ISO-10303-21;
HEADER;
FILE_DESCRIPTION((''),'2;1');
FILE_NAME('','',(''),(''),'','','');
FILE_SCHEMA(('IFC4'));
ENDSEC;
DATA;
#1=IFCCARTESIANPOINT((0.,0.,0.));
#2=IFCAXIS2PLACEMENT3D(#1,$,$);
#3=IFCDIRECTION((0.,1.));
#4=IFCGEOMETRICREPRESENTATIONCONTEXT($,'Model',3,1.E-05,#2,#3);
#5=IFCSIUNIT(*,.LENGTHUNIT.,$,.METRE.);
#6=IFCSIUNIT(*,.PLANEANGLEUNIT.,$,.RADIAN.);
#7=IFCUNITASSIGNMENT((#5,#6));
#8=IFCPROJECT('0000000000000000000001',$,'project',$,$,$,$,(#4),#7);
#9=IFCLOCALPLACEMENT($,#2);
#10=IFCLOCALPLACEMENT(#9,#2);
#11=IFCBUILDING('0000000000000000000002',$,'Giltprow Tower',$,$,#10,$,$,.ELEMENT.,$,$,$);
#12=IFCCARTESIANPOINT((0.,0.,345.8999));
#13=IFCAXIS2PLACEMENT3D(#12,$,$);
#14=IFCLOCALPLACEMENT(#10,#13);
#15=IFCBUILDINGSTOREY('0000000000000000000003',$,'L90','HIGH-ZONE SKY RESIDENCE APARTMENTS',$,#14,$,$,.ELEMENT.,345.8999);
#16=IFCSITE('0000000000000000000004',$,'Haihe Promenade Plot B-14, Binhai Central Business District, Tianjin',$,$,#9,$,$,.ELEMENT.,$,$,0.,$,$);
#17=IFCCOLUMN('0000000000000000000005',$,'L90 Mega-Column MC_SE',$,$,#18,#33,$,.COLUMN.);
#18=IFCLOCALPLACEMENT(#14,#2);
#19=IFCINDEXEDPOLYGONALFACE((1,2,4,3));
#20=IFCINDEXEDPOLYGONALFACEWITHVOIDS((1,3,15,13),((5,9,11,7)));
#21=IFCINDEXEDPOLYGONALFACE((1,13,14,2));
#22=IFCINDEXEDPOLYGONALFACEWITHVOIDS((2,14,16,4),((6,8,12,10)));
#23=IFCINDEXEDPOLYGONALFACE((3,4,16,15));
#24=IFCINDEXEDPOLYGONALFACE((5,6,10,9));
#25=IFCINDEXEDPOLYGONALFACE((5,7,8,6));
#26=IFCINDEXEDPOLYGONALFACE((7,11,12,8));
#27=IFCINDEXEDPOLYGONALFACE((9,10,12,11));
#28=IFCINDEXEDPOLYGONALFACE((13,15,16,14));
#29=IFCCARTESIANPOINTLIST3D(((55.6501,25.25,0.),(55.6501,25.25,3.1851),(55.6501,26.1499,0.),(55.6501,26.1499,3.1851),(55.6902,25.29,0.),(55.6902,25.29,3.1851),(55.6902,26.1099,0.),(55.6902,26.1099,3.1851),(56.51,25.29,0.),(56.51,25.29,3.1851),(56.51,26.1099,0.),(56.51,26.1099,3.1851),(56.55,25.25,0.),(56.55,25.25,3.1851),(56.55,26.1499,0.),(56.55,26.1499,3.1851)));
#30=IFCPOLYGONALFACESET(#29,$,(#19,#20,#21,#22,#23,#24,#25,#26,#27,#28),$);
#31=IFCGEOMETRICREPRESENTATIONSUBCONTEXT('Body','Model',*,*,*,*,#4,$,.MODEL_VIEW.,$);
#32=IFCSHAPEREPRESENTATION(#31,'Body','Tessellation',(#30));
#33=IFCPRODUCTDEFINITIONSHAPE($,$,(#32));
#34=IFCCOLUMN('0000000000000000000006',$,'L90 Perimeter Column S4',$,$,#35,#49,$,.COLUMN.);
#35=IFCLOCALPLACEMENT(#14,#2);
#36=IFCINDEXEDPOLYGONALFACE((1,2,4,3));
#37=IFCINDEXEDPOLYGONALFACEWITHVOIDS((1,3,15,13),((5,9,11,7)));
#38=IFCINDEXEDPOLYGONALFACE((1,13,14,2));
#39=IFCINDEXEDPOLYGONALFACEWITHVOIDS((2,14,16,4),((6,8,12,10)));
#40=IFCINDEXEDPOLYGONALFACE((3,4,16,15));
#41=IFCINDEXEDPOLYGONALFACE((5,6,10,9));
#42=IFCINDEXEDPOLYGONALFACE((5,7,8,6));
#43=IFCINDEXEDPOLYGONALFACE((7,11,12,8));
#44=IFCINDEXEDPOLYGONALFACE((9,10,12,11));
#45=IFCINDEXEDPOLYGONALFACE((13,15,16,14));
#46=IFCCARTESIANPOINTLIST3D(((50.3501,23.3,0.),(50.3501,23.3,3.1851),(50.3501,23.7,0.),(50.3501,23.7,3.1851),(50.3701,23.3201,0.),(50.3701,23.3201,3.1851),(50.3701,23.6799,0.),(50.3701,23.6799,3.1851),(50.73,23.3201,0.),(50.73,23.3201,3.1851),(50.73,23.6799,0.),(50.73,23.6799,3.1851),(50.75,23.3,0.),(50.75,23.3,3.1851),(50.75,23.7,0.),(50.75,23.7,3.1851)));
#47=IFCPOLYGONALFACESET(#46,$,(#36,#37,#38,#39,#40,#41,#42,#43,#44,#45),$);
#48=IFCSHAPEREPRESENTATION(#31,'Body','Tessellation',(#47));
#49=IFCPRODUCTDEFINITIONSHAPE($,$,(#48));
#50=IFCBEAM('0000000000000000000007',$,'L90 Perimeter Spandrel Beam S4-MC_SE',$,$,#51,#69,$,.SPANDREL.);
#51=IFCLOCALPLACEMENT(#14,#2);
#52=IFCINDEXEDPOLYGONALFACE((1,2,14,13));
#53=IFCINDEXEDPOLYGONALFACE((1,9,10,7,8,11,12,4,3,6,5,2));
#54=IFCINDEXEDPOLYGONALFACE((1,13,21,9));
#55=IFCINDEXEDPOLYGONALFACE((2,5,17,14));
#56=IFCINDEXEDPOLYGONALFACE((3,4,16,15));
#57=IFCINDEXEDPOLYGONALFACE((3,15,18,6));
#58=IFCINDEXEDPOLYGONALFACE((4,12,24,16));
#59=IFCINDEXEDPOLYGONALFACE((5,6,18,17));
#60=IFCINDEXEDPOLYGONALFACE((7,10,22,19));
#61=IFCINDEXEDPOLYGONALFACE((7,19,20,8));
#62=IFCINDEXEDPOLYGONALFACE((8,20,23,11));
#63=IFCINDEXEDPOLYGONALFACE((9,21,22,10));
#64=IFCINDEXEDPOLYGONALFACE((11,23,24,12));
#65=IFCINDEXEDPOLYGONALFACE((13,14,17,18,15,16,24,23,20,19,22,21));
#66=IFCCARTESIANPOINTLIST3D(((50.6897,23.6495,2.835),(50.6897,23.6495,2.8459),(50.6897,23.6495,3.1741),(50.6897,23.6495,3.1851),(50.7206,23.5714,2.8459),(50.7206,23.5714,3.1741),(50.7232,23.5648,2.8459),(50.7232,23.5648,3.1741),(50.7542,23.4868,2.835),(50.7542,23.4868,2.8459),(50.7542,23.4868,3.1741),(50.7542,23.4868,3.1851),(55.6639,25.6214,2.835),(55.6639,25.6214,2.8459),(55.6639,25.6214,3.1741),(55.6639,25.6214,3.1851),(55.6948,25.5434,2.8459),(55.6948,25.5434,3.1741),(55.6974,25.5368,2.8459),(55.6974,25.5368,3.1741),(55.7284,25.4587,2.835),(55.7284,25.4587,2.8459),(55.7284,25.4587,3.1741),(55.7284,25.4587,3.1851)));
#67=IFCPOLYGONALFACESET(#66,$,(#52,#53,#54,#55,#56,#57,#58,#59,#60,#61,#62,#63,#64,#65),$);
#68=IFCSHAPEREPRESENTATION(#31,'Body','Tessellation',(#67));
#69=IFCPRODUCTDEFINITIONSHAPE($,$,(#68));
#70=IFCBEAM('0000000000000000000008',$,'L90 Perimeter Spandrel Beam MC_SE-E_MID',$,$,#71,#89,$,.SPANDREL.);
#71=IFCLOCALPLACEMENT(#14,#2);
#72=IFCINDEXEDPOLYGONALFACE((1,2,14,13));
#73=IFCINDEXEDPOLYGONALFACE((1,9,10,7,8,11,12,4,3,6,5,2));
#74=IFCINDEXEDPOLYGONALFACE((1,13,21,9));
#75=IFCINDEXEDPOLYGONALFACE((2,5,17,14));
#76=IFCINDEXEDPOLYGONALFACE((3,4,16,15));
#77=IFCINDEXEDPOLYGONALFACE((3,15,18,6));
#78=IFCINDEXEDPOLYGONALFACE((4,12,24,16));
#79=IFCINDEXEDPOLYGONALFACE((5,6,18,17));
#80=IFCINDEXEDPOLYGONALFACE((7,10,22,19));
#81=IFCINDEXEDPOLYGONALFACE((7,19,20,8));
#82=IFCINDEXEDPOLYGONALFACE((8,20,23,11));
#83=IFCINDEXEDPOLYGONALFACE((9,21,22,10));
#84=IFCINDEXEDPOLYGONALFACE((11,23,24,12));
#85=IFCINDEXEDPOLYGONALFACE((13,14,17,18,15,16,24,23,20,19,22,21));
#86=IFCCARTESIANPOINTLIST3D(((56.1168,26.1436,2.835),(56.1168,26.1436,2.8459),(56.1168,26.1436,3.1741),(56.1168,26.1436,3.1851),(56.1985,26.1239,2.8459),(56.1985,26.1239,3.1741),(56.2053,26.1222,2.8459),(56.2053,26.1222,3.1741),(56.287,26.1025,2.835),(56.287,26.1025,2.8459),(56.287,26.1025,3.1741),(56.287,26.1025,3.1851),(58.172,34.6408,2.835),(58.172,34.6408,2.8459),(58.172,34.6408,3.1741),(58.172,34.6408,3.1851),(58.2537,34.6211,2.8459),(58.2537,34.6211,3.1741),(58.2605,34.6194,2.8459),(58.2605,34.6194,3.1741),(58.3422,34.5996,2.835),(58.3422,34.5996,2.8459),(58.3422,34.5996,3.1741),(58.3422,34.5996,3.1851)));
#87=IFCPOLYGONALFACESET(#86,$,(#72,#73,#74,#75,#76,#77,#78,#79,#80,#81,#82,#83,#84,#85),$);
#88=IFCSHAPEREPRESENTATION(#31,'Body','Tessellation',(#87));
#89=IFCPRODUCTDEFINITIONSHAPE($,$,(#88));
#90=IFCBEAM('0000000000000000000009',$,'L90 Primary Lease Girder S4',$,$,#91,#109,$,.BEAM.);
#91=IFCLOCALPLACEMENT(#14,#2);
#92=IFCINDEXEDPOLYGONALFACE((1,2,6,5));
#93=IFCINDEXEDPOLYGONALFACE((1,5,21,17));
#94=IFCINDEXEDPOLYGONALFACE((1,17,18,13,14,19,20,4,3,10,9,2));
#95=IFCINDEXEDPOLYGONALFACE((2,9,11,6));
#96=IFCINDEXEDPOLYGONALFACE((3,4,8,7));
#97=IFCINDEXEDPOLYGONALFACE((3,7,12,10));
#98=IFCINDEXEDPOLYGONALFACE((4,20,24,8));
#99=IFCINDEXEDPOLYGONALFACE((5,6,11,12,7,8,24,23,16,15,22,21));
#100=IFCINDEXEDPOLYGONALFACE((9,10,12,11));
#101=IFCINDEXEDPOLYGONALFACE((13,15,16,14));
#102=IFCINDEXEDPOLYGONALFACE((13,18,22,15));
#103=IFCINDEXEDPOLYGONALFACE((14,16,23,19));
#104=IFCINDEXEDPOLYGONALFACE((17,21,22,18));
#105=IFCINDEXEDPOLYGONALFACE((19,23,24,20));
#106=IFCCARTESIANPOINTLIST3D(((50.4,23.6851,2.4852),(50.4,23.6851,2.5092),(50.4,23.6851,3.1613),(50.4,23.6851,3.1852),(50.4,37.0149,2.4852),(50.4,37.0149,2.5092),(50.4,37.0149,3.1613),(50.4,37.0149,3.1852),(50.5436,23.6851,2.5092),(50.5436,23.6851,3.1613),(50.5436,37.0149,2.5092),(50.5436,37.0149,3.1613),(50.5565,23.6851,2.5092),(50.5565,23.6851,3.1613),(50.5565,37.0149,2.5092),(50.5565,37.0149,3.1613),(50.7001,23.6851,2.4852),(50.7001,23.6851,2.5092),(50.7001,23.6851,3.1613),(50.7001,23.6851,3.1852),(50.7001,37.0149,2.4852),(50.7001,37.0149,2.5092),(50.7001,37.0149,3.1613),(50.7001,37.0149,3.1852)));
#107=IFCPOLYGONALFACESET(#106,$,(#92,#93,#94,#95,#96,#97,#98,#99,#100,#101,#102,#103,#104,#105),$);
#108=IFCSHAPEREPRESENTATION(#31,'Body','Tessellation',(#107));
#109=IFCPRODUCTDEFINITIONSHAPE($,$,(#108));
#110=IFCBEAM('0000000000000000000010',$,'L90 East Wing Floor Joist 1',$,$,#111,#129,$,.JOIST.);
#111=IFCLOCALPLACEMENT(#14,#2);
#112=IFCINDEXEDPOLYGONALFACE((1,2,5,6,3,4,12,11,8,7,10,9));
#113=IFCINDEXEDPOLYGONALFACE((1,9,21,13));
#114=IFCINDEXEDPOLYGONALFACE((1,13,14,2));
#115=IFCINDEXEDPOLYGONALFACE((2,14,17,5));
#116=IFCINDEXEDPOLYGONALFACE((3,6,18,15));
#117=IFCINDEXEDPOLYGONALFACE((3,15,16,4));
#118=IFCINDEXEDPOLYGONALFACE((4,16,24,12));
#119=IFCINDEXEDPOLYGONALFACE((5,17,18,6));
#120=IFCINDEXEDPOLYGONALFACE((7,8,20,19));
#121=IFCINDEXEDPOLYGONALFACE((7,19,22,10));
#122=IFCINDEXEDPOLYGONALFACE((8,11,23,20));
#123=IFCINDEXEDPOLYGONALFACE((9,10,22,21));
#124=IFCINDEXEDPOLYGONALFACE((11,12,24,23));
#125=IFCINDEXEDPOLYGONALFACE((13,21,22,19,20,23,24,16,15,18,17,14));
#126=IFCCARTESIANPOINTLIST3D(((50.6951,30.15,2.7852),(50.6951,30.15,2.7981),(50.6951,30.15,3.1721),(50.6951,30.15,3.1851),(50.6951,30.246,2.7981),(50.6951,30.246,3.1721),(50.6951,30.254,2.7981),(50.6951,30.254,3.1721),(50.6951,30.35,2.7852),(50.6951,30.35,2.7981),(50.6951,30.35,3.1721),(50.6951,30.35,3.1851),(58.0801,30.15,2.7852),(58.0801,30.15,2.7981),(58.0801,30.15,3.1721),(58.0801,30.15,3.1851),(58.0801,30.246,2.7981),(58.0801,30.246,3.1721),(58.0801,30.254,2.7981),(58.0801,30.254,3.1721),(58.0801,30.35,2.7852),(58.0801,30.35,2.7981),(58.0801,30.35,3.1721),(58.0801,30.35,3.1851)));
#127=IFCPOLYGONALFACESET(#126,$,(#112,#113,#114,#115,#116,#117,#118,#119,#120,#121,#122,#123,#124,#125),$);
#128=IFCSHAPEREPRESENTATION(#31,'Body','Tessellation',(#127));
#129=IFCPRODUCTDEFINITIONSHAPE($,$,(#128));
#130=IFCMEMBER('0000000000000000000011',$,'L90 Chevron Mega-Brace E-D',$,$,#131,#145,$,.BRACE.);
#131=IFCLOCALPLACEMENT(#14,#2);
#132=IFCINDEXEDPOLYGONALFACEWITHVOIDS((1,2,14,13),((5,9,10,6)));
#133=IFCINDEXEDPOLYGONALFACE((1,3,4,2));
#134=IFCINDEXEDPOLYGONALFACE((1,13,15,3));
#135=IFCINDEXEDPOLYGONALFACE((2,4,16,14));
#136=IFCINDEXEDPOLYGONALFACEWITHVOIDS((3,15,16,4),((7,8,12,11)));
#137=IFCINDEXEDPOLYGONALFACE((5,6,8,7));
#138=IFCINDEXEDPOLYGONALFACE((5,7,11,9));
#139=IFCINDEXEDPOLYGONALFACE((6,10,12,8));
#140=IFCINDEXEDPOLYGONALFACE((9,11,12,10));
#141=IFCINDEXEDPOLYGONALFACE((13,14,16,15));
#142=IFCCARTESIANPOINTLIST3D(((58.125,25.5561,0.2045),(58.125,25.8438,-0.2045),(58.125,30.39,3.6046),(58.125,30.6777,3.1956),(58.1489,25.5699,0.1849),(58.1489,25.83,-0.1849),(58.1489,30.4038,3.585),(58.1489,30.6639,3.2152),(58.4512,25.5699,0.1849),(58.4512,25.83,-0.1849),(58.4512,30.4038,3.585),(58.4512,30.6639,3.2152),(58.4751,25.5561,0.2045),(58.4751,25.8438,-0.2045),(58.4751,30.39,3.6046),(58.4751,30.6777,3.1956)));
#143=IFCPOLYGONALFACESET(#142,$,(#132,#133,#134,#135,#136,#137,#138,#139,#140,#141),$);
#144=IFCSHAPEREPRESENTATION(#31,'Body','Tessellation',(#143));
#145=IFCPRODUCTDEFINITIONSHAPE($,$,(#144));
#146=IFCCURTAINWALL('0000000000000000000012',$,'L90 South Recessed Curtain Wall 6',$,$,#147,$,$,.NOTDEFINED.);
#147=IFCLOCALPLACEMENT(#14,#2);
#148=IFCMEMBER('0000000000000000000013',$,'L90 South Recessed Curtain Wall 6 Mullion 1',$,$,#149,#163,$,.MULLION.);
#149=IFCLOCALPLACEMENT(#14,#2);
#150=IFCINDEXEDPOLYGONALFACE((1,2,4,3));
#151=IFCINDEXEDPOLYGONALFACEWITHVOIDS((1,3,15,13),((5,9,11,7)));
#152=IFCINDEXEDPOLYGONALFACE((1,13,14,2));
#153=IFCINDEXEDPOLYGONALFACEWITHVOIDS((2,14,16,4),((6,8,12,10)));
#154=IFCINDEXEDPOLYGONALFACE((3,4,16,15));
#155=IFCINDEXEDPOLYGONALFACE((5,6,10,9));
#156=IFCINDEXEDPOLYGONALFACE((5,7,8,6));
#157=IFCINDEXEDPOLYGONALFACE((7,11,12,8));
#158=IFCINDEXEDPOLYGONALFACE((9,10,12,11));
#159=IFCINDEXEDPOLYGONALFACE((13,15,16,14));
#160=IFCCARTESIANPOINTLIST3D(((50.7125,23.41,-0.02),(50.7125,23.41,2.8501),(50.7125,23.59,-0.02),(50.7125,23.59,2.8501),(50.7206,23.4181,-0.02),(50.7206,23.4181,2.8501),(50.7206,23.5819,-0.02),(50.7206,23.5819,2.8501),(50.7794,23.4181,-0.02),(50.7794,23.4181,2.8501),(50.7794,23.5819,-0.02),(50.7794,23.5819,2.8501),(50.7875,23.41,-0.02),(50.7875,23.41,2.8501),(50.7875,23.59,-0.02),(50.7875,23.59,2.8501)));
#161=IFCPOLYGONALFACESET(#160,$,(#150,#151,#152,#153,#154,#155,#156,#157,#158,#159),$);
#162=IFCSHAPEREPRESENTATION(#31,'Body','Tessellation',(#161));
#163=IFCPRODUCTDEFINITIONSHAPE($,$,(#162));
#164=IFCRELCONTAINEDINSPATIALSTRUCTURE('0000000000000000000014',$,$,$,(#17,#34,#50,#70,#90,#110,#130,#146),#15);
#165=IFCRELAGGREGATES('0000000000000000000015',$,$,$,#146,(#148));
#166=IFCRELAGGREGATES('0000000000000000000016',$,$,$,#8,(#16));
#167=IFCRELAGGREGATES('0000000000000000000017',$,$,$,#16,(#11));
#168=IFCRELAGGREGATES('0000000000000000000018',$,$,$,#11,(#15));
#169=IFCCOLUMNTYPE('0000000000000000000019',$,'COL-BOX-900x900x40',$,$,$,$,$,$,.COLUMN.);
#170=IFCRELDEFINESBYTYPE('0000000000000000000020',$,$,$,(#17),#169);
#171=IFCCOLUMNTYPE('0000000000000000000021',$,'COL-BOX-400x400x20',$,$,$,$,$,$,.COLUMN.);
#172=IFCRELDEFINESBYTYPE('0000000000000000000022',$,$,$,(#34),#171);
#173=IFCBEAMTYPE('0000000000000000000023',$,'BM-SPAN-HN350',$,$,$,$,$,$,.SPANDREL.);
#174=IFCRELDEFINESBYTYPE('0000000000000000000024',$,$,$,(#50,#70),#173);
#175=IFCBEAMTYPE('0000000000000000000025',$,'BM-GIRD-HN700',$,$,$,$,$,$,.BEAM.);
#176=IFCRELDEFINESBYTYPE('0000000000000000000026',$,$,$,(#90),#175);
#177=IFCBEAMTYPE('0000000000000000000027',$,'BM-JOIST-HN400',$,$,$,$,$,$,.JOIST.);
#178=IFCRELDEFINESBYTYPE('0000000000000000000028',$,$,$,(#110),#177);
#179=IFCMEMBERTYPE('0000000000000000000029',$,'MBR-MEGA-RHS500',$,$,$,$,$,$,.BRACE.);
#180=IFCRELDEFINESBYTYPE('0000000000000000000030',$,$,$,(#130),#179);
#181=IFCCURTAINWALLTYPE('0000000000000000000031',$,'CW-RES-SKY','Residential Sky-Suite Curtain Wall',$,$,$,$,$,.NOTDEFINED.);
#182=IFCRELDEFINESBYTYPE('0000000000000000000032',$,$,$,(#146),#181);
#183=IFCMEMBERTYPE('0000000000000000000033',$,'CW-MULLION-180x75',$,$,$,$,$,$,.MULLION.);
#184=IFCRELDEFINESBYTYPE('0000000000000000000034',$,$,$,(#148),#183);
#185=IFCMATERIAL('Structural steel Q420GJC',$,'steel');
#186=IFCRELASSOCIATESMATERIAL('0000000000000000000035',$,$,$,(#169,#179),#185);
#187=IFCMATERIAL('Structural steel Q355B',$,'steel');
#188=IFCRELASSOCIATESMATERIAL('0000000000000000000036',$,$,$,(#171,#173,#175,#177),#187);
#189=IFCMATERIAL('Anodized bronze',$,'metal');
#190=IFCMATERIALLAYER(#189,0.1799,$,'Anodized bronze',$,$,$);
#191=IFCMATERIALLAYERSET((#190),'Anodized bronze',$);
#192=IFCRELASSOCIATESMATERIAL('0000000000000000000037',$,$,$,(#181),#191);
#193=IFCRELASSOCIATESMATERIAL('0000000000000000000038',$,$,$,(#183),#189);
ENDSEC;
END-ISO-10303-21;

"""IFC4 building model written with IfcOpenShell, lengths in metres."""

from ifc_helpers import new_model, si_unit, direction, frame, origin, origin_2d, place, context, subcontext, project, spatial, hollow_rectangle, i_section, extrude, source, transform, mapped, material, layer, layer_set, material_profile, profile_set, type_object, element, aggregate, save


model = new_model("IFC4")

# Units and contexts
model_context = context("Model", 3, precision=1e-05, world=origin(), true_north=direction((0.0, 1.0)))
body_context = subcontext(model_context, "Body", "Model", "MODEL_VIEW")
ifc_project = project(units=[si_unit("LENGTHUNIT", "METRE"), si_unit("PLANEANGLEUNIT", "RADIAN")], contexts=[model_context])

# Site, building, storey
site_placement = place(None, origin())
site = spatial("IfcSite", under=ifc_project, at=site_placement, Name="Haihe Promenade Plot B-14, Binhai Central Business District, Tianjin", CompositionType="ELEMENT", RefElevation=0.0)
building_placement = place(site_placement, origin())
building = spatial("IfcBuilding", under=site, at=building_placement, Name="Giltprow Tower", CompositionType="ELEMENT")
storey_placement = place(building_placement, frame((0.0, 0.0, 345.8999)))
storey = spatial("IfcBuildingStorey", under=building, at=storey_placement, Name="L90", Description="HIGH-ZONE SKY RESIDENCE APARTMENTS", CompositionType="ELEMENT", Elevation=345.8999)

# Columns
ifc_material_1 = material(Name="Structural steel Q420GJC", Category="steel")
ifc_material_profile_1 = material_profile(ifc_material_1, hollow_rectangle(XDim=0.8999, YDim=0.8999, WallThickness=0.04, at=origin_2d()), Name="BOX 900x900x40")
ifc_profile_set_1 = profile_set([ifc_material_profile_1], Name="Structural steel Q420GJC")
column_type_1 = type_object("IfcColumnType", Name="COL-BOX-900x900x40", PredefinedType="COLUMN", material=ifc_profile_set_1)
shared_shape_1 = source(origin(), body_context, "Body", "SweptSolid", [
    extrude(hollow_rectangle(XDim=0.8999, YDim=0.8999, WallThickness=0.04, at=origin_2d()), origin(), (0.0, 0.0, 1.0), 3.1851),
])
column_1_placement = place(storey_placement, frame((56.1001, 25.7, 0.0), z_axis=(0.0, 0.0, 1.0), x_axis=(1.0, 0.0, 0.0)))
element("IfcColumn", 1, at=column_1_placement, inside=storey, type_object=column_type_1, Name="L90 Mega-Column MC_SE", PredefinedType="COLUMN", context=body_context, shape_type="MappedRepresentation", body=[
    mapped(shared_shape_1, transform((0.0, 0.0, 0.0), x_axis=(1.0, 0.0, 0.0), y_axis=(0.0, 1.0, 0.0), z_axis=(0.0, 0.0, 1.0), scale=1.0)),
])
ifc_material_2 = material(Name="Structural steel Q355B", Category="steel")
ifc_material_profile_2 = material_profile(ifc_material_2, hollow_rectangle(XDim=0.3999, YDim=0.3999, WallThickness=0.02, at=origin_2d()), Name="BOX 400x400x20")
ifc_profile_set_2 = profile_set([ifc_material_profile_2], Name="Structural steel Q355B")
column_type_2 = type_object("IfcColumnType", Name="COL-BOX-400x400x20", PredefinedType="COLUMN", material=ifc_profile_set_2)
shared_shape_2 = source(origin(), body_context, "Body", "SweptSolid", [
    extrude(hollow_rectangle(XDim=0.3999, YDim=0.3999, WallThickness=0.02, at=origin_2d()), origin(), (0.0, 0.0, 1.0), 3.1851),
])
column_2_placement = place(storey_placement, frame((50.55, 23.5, 0.0), z_axis=(0.0, 0.0, 1.0), x_axis=(1.0, 0.0, 0.0)))
element("IfcColumn", 2, at=column_2_placement, inside=storey, type_object=column_type_2, Name="L90 Perimeter Column S4", PredefinedType="COLUMN", context=body_context, shape_type="MappedRepresentation", body=[
    mapped(shared_shape_2, transform((0.0, 0.0, 0.0), x_axis=(1.0, 0.0, 0.0), y_axis=(0.0, 1.0, 0.0), z_axis=(0.0, 0.0, 1.0), scale=1.0)),
])

# Beams
ifc_material_profile_3 = material_profile(ifc_material_2, i_section(OverallWidth=0.175, OverallDepth=0.3501, WebThickness=0.0071, FlangeThickness=0.011, at=origin_2d()), Name="HN 350x175x7x11")
ifc_profile_set_3 = profile_set([ifc_material_profile_3], Name="Structural steel Q355B")
beam_type_1 = type_object("IfcBeamType", Name="BM-SPAN-HN350", PredefinedType="SPANDREL", material=ifc_profile_set_3)
shared_shape_3 = source(origin(), body_context, "Body", "SweptSolid", [
    extrude(i_section(OverallWidth=0.175, OverallDepth=0.3501, WebThickness=0.0071, FlangeThickness=0.011, at=origin_2d()), origin(), (0.0, 0.0, 1.0), 5.3508),
])
beam_1_placement = place(storey_placement, frame((50.7219, 23.5681, 3.01), z_axis=(0.929615, 0.368533, 0.0), x_axis=(-0.368533, 0.929615, 0.0)))
element("IfcBeam", 3, at=beam_1_placement, inside=storey, type_object=beam_type_1, Name="L90 Perimeter Spandrel Beam S4-MC_SE", PredefinedType="SPANDREL", context=body_context, shape_type="MappedRepresentation", body=[
    mapped(shared_shape_3, transform((0.0, 0.0, 0.0), x_axis=(1.0, 0.0, 0.0), y_axis=(0.0, 1.0, 0.0), z_axis=(0.0, 0.0, 1.0), scale=1.0)),
])
shared_shape_4 = source(origin(), body_context, "Body", "SweptSolid", [
    extrude(i_section(OverallWidth=0.175, OverallDepth=0.3501, WebThickness=0.0071, FlangeThickness=0.011, at=origin_2d()), origin(), (0.0, 0.0, 1.0), 8.7422),
])
beam_2_placement = place(storey_placement, frame((56.2019, 26.123, 3.01), z_axis=(0.23509, 0.971974, 0.0), x_axis=(-0.971974, 0.23509, 0.0)))
element("IfcBeam", 4, at=beam_2_placement, inside=storey, type_object=beam_type_1, Name="L90 Perimeter Spandrel Beam MC_SE-E_MID", PredefinedType="SPANDREL", context=body_context, shape_type="MappedRepresentation", body=[
    mapped(shared_shape_4, transform((0.0, 0.0, 0.0), x_axis=(1.0, 0.0, 0.0), y_axis=(0.0, 1.0, 0.0), z_axis=(0.0, 0.0, 1.0), scale=1.0)),
])
ifc_material_profile_4 = material_profile(ifc_material_2, i_section(OverallWidth=0.3, OverallDepth=0.7, WebThickness=0.0129, FlangeThickness=0.0239, at=origin_2d()), Name="HN 700x300x13x24")
ifc_profile_set_4 = profile_set([ifc_material_profile_4], Name="Structural steel Q355B")
beam_type_2 = type_object("IfcBeamType", Name="BM-GIRD-HN700", PredefinedType="BEAM", material=ifc_profile_set_4)
shared_shape_5 = source(origin(), body_context, "Body", "SweptSolid", [
    extrude(i_section(OverallWidth=0.3, OverallDepth=0.7, WebThickness=0.0129, FlangeThickness=0.0239, at=origin_2d()), origin(), (0.0, 0.0, 1.0), 13.3298),
])
beam_3_placement = place(storey_placement, frame((50.55, 23.6851, 2.8352), z_axis=(0.0, 1.0, 0.0), x_axis=(-1.0, 0.0, 0.0)))
element("IfcBeam", 5, at=beam_3_placement, inside=storey, type_object=beam_type_2, Name="L90 Primary Lease Girder S4", PredefinedType="BEAM", context=body_context, shape_type="MappedRepresentation", body=[
    mapped(shared_shape_5, transform((0.0, 0.0, 0.0), x_axis=(1.0, 0.0, 0.0), y_axis=(0.0, 1.0, 0.0), z_axis=(0.0, 0.0, 1.0), scale=1.0)),
])
ifc_material_profile_5 = material_profile(ifc_material_2, i_section(OverallWidth=0.2, OverallDepth=0.3999, WebThickness=0.0081, FlangeThickness=0.0129, at=origin_2d()), Name="HN 400x200x8x13")
ifc_profile_set_5 = profile_set([ifc_material_profile_5], Name="Structural steel Q355B")
beam_type_3 = type_object("IfcBeamType", Name="BM-JOIST-HN400", PredefinedType="JOIST", material=ifc_profile_set_5)
shared_shape_6 = source(origin(), body_context, "Body", "SweptSolid", [
    extrude(i_section(OverallWidth=0.2, OverallDepth=0.3999, WebThickness=0.0081, FlangeThickness=0.0129, at=origin_2d()), origin(), (0.0, 0.0, 1.0), 7.385),
])
beam_4_placement = place(storey_placement, frame((50.6951, 30.25, 2.9851), z_axis=(1.0, 0.0, 0.0), x_axis=(0.0, 1.0, 0.0)))
element("IfcBeam", 6, at=beam_4_placement, inside=storey, type_object=beam_type_3, Name="L90 East Wing Floor Joist 1", PredefinedType="JOIST", context=body_context, shape_type="MappedRepresentation", body=[
    mapped(shared_shape_6, transform((0.0, 0.0, 0.0), x_axis=(1.0, 0.0, 0.0), y_axis=(0.0, 1.0, 0.0), z_axis=(0.0, 0.0, 1.0), scale=1.0)),
])

# Member
ifc_material_profile_6 = material_profile(ifc_material_1, hollow_rectangle(XDim=0.3501, YDim=0.5, WallThickness=0.0239, at=origin_2d()), Name="RHS 500x350x24")
ifc_profile_set_6 = profile_set([ifc_material_profile_6], Name="Structural steel Q420GJC")
member_type_1 = type_object("IfcMemberType", Name="MBR-MEGA-RHS500", PredefinedType="BRACE", material=ifc_profile_set_6)
shared_shape_7 = source(origin(), body_context, "Body", "SweptSolid", [
    extrude(hollow_rectangle(XDim=0.3501, YDim=0.5, WallThickness=0.0239, at=origin_2d()), origin(), (0.0, 0.0, 1.0), 5.9099),
])
member_1_placement = place(storey_placement, frame((58.3, 25.7, 0.0), z_axis=(0.0, 0.81793, 0.575318), x_axis=(-1.0, 0.0, 0.0)))
element("IfcMember", 7, at=member_1_placement, inside=storey, type_object=member_type_1, Name="L90 Chevron Mega-Brace E-D", PredefinedType="BRACE", context=body_context, shape_type="MappedRepresentation", body=[
    mapped(shared_shape_7, transform((0.0, 0.0, 0.0), x_axis=(1.0, 0.0, 0.0), y_axis=(0.0, 1.0, 0.0), z_axis=(0.0, 0.0, 1.0), scale=1.0)),
])

# Curtain wall, member
ifc_material_3 = material(Name="Anodized bronze", Category="metal")
ifc_layer_1 = layer(ifc_material_3, 0.1799, Name="Anodized bronze")
ifc_layer_set_1 = layer_set([ifc_layer_1], Name="Anodized bronze")
curtain_wall_type = type_object("IfcCurtainWallType", Name="CW-RES-SKY", Description="Residential Sky-Suite Curtain Wall", PredefinedType="NOTDEFINED", material=ifc_layer_set_1)
curtain_wall_placement = place(storey_placement, origin())
curtain_wall = element("IfcCurtainWall", 8, at=curtain_wall_placement, inside=storey, type_object=curtain_wall_type, Name="L90 South Recessed Curtain Wall 6", PredefinedType="NOTDEFINED")
ifc_material_profile_7 = material_profile(ifc_material_3, hollow_rectangle(XDim=0.075, YDim=0.1799, WallThickness=0.0081, at=origin_2d()), Name="RHS 180x75x8")
ifc_profile_set_7 = profile_set([ifc_material_profile_7], Name="Anodized bronze")
member_type_2 = type_object("IfcMemberType", Name="CW-MULLION-180x75", PredefinedType="MULLION", material=ifc_profile_set_7)
shared_shape_8 = source(origin(), body_context, "Body", "SweptSolid", [
    extrude(hollow_rectangle(XDim=0.075, YDim=0.1799, WallThickness=0.0081, at=origin_2d()), origin(), (0.0, 0.0, 1.0), 2.8701),
])
member_2_placement = place(storey_placement, frame((50.75, 23.5, -0.02), z_axis=(0.0, 0.0, 1.0), x_axis=(1.0, 0.0, 0.0)))
member_2 = element("IfcMember", 9, at=member_2_placement, type_object=member_type_2, Name="L90 South Recessed Curtain Wall 6 Mullion 1", PredefinedType="MULLION", context=body_context, shape_type="MappedRepresentation", body=[
    mapped(shared_shape_8, transform((0.0, 0.0, 0.0), x_axis=(1.0, 0.0, 0.0), y_axis=(0.0, 1.0, 0.0), z_axis=(0.0, 0.0, 1.0), scale=1.0)),
])

aggregate(curtain_wall, [member_2])

save(model, "model.ifc")
